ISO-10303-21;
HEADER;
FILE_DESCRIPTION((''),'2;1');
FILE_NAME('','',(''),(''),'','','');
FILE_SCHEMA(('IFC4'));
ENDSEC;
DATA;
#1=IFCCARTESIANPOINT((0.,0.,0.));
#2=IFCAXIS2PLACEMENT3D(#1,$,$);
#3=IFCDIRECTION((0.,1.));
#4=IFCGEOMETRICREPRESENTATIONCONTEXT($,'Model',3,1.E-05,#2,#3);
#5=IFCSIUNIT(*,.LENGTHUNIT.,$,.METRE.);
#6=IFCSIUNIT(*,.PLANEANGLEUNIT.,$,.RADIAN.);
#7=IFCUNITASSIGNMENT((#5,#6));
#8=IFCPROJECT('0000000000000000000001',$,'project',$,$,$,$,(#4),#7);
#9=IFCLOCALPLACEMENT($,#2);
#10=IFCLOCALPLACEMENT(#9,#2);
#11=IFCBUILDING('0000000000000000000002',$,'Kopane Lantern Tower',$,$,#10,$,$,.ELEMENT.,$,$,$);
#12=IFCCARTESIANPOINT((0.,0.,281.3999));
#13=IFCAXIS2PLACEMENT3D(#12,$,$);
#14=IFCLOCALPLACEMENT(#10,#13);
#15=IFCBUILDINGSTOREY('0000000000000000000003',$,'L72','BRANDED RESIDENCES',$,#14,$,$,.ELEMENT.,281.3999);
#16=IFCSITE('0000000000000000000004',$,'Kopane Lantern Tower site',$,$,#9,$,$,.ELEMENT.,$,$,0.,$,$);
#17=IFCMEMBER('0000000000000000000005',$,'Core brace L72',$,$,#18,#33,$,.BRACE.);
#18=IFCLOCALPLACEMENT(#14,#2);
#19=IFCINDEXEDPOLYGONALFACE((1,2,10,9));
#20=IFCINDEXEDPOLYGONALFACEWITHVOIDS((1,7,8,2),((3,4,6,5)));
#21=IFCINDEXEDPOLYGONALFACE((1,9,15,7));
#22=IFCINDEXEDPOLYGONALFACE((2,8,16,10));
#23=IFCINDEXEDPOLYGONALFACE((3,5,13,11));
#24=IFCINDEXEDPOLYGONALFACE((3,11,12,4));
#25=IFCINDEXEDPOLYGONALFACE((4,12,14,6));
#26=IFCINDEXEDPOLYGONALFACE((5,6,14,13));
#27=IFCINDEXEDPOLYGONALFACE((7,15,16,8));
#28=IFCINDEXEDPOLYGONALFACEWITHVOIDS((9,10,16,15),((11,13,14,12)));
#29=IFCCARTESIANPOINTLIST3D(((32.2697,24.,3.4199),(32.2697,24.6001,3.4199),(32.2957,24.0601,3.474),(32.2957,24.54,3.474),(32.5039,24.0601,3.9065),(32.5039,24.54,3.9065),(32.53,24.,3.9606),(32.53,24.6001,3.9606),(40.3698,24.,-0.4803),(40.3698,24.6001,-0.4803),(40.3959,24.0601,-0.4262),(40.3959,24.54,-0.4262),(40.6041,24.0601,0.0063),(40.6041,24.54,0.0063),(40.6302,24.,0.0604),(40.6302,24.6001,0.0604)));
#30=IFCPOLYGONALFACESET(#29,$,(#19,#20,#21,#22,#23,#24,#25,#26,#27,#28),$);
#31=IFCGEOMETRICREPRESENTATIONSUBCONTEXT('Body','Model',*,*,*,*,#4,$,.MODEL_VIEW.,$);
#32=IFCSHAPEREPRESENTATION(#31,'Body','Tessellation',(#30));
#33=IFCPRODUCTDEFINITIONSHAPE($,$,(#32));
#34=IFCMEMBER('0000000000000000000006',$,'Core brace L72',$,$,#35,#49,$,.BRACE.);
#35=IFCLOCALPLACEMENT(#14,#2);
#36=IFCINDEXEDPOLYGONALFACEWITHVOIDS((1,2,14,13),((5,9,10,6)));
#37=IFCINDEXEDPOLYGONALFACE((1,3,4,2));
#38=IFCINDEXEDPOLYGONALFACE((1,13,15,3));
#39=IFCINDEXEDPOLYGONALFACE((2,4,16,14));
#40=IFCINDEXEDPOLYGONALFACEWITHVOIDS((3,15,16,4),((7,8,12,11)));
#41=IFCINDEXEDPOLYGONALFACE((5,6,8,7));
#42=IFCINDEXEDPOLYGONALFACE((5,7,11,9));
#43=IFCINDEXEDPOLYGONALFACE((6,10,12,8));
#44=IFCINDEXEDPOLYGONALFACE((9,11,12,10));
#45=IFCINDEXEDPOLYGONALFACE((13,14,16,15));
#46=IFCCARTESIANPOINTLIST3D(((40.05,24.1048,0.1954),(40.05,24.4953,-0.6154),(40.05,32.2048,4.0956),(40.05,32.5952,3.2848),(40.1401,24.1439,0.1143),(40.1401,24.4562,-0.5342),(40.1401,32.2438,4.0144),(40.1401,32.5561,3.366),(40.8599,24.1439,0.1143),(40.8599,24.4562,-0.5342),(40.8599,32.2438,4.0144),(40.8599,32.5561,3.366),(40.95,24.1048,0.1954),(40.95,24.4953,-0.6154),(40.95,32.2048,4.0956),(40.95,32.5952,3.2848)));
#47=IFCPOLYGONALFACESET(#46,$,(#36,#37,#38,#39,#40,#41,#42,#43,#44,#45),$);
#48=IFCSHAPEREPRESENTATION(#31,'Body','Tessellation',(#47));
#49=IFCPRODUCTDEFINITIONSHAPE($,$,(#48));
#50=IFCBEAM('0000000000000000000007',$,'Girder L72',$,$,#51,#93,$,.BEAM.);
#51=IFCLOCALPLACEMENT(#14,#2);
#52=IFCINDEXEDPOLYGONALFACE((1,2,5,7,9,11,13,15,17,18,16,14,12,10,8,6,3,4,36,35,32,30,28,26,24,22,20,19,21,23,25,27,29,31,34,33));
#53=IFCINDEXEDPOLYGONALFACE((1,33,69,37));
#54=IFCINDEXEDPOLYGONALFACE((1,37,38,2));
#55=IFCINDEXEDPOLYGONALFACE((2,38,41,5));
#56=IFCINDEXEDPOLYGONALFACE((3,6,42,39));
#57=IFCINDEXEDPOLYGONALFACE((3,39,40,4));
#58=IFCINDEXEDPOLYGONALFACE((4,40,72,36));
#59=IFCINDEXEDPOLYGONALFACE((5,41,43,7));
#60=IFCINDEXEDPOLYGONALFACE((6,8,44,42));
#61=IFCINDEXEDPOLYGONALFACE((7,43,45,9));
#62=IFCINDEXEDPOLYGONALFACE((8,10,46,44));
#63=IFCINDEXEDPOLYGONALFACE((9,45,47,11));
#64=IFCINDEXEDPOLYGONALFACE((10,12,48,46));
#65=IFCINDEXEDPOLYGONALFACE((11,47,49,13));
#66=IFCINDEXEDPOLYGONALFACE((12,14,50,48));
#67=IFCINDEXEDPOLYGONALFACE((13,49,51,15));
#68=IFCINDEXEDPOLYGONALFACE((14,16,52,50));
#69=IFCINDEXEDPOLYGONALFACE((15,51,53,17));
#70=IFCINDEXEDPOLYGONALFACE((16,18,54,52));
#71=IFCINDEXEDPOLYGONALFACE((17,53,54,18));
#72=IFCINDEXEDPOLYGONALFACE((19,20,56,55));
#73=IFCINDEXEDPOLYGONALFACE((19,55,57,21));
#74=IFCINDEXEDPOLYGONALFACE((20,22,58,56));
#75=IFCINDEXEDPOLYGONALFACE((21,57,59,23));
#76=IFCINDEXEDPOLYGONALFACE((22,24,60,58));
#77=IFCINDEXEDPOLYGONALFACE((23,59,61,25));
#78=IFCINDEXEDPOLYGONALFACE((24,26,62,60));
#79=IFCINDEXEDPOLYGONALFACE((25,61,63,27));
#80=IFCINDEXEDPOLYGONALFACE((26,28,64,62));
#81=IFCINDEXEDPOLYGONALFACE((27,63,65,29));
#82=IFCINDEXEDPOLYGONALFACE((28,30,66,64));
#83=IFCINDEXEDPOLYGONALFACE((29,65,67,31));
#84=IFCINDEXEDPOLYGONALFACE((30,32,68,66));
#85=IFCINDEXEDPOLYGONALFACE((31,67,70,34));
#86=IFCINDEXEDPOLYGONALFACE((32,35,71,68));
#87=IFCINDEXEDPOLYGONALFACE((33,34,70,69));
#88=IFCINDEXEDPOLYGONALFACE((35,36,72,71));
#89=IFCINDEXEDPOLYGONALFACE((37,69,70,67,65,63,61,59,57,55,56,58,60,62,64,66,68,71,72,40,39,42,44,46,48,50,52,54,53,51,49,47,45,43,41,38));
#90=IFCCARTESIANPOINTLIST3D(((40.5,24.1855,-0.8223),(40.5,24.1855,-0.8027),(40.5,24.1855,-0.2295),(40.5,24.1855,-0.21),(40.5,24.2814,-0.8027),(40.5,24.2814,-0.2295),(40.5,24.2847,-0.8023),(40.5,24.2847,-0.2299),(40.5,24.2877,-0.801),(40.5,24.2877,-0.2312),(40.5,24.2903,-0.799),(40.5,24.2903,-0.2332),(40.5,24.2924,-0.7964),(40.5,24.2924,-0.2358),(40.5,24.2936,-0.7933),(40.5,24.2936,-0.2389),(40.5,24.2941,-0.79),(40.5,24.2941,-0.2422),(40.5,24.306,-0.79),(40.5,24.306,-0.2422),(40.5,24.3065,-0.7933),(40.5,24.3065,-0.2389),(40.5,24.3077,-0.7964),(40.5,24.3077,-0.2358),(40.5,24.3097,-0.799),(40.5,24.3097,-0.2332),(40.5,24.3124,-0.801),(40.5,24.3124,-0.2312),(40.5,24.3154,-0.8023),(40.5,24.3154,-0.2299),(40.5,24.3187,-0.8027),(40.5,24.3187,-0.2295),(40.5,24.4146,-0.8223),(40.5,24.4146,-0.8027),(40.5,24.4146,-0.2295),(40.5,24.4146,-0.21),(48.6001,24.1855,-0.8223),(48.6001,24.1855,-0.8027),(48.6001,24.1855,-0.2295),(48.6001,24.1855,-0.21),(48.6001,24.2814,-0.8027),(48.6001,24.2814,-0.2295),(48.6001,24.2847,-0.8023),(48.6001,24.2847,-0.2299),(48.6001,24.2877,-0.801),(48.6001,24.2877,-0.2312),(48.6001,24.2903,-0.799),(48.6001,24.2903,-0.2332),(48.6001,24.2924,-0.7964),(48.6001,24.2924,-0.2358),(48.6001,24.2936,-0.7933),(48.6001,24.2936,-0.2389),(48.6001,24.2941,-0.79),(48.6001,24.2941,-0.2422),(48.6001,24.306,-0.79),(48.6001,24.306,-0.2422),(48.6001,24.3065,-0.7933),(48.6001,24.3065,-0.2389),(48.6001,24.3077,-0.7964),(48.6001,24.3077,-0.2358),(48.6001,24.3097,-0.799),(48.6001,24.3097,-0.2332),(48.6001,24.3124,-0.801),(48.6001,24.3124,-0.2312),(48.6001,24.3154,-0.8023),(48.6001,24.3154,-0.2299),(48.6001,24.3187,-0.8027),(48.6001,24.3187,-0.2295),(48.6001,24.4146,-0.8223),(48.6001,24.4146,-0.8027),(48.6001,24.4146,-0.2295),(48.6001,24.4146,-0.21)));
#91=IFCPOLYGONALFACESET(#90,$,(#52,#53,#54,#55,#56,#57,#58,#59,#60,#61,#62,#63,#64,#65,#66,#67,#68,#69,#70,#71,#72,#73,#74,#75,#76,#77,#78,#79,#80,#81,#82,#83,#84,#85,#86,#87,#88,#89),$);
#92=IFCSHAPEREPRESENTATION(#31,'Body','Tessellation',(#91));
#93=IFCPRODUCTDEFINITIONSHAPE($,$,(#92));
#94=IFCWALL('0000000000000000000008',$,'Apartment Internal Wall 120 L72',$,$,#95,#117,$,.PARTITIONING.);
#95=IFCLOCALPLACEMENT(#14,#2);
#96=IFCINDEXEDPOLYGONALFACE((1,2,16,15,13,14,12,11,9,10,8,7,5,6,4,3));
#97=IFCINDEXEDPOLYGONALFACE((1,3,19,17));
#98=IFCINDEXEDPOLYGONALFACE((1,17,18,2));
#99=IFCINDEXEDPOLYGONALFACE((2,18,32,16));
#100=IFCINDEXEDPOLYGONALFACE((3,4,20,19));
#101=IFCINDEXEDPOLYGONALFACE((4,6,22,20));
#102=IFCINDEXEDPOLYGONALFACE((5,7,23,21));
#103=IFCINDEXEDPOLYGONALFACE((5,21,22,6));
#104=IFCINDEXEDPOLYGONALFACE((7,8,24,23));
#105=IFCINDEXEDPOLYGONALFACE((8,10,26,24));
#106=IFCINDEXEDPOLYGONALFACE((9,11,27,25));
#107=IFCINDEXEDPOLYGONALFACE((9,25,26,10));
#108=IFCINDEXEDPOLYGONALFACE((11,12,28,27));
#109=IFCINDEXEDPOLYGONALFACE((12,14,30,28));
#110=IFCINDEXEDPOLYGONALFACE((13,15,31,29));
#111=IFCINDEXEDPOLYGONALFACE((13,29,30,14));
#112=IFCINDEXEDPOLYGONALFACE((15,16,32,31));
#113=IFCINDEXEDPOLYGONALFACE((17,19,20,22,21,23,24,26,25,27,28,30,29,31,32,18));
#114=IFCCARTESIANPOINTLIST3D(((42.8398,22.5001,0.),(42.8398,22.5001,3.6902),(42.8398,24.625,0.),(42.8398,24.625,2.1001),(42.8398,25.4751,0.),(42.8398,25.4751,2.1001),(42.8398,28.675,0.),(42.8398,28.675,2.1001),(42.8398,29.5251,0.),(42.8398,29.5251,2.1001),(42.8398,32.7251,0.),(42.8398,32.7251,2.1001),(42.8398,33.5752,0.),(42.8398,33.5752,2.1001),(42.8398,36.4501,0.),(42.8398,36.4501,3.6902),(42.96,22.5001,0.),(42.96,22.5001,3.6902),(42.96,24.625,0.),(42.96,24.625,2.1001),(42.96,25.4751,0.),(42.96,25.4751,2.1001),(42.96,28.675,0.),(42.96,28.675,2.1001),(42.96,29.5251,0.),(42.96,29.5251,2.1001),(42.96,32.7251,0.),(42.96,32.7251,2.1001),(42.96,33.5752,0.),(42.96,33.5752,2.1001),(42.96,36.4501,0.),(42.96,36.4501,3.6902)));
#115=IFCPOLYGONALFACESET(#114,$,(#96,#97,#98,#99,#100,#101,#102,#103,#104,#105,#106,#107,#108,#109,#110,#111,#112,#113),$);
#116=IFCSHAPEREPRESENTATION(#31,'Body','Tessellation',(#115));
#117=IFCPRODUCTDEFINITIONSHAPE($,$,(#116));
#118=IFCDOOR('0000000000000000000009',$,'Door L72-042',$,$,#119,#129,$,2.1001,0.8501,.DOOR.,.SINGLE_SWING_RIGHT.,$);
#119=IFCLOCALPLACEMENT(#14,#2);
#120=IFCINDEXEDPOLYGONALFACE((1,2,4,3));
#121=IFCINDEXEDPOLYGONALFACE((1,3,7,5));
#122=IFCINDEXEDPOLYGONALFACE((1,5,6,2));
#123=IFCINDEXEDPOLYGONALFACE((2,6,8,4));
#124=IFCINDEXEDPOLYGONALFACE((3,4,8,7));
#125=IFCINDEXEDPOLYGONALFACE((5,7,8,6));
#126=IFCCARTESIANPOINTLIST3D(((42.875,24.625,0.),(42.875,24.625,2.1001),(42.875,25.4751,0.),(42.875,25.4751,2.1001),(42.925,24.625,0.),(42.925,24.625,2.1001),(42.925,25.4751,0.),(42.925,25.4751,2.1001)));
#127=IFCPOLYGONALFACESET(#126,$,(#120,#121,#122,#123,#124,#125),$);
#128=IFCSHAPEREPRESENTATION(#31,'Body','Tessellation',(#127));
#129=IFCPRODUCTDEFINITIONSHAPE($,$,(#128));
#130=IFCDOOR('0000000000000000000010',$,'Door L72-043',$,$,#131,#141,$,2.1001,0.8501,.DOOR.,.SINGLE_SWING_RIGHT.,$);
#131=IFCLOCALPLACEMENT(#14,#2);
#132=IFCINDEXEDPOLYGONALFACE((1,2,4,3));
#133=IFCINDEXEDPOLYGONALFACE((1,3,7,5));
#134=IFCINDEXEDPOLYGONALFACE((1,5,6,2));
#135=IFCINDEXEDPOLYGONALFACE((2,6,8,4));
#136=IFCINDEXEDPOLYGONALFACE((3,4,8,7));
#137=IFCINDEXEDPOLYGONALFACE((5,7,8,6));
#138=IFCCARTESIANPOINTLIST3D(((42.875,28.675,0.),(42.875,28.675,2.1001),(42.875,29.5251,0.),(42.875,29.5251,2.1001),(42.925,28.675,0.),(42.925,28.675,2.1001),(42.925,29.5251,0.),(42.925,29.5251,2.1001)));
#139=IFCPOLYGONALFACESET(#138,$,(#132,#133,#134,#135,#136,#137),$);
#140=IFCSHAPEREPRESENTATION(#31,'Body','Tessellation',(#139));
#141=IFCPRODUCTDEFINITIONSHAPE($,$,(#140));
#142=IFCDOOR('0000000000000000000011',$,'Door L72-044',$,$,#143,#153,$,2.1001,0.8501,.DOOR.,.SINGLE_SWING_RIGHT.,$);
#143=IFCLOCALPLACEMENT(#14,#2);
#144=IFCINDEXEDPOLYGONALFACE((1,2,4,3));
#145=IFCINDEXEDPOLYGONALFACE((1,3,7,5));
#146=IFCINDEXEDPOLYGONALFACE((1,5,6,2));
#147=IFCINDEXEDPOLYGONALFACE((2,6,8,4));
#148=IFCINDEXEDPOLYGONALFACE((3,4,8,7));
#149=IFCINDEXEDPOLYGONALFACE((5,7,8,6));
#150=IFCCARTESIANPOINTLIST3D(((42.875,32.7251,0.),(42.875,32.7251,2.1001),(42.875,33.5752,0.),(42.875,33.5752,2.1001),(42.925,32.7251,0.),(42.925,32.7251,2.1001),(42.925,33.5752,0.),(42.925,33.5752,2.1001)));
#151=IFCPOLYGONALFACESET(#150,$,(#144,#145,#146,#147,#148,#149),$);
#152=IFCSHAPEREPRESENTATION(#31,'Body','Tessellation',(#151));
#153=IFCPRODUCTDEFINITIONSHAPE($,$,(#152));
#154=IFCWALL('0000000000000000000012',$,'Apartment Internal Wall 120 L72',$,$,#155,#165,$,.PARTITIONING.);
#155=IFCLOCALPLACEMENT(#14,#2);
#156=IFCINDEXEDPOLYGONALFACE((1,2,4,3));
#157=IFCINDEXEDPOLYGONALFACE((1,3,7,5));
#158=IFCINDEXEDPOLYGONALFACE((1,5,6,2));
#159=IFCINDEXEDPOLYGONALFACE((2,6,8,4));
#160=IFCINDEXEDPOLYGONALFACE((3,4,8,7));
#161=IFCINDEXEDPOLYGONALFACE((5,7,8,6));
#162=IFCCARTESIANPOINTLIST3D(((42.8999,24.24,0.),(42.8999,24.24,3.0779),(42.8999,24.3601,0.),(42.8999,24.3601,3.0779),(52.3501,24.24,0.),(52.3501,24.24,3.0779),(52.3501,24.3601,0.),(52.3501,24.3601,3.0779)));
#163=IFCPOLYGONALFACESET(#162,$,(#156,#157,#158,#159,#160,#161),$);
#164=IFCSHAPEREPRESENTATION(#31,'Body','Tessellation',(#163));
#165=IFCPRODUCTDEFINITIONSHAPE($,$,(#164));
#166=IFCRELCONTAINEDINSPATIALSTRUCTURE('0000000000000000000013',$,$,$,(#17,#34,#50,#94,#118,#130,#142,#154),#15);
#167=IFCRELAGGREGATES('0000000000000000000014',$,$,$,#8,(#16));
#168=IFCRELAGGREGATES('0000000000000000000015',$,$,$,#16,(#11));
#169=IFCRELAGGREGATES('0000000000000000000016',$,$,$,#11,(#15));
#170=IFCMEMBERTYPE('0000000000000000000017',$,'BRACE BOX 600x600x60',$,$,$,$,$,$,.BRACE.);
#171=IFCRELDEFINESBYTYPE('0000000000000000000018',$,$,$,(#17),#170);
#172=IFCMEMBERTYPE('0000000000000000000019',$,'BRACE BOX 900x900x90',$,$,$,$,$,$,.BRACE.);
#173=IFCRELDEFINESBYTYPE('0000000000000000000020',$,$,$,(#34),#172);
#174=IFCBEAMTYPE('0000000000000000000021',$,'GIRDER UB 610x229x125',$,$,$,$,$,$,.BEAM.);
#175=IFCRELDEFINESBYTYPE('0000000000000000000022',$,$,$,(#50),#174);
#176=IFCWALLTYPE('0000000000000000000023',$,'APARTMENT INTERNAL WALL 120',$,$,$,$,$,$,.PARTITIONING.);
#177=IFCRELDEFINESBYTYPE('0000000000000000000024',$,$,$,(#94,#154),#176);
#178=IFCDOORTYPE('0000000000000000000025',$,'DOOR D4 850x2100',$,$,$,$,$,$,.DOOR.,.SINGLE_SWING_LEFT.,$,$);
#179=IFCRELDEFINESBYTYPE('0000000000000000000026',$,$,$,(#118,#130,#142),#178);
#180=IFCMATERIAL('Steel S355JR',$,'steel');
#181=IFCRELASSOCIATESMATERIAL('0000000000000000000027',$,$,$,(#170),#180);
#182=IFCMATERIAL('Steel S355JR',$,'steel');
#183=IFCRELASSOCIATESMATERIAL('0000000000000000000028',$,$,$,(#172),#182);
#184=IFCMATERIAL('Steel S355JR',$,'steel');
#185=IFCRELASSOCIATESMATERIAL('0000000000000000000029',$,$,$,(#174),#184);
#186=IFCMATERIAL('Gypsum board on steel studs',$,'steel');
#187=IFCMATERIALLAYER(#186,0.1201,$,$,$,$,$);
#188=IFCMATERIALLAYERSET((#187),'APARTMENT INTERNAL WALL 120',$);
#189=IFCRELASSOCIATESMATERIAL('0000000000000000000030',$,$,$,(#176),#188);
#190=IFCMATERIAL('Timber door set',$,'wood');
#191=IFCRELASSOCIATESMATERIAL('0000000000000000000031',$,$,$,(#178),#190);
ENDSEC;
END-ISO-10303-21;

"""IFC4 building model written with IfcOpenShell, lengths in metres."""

from ifc_helpers import new_model, si_unit, direction, frame, frame_2d, origin, origin_2d, place, context, subcontext, project, spatial, rectangle, hollow_rectangle, i_section, extrude, material, layer, layer_set, material_profile, profile_set, type_object, element, fill, save


model = new_model("IFC4")

# Units and contexts
model_context = context("Model", 3, precision=1e-05, world=origin(), true_north=direction((0.0, 1.0)))
body_context = subcontext(model_context, "Body", "Model", "MODEL_VIEW")
ifc_project = project(units=[si_unit("LENGTHUNIT", "METRE"), si_unit("PLANEANGLEUNIT", "RADIAN")], contexts=[model_context])

# Site, building, storey
site_placement = place(None, origin())
site = spatial("IfcSite", under=ifc_project, at=site_placement, Name="Kopane Lantern Tower site", CompositionType="ELEMENT", RefElevation=0.0)
building_placement = place(site_placement, origin())
building = spatial("IfcBuilding", under=site, at=building_placement, Name="Kopane Lantern Tower", CompositionType="ELEMENT")
storey_placement = place(building_placement, frame((0.0, 0.0, 281.3999)))
storey = spatial("IfcBuildingStorey", under=building, at=storey_placement, Name="L72", Description="BRANDED RESIDENCES", CompositionType="ELEMENT", Elevation=281.3999)

# Members
ifc_material_1 = material(Name="Steel S355JR", Category="steel")
ifc_material_profile_1 = material_profile(ifc_material_1, hollow_rectangle(XDim=0.6001, YDim=0.6001, WallThickness=0.0601, at=origin_2d()), Name="BOX 600x600x60")
ifc_profile_set_1 = profile_set([ifc_material_profile_1], Name="Steel S355JR")
member_type_1 = type_object("IfcMemberType", Name="BRACE BOX 600x600x60", PredefinedType="BRACE", material=ifc_profile_set_1)
member_1_placement = place(storey_placement, frame((40.5, 24.3, -0.21), z_axis=(-0.900997, 0.0, 0.433825), x_axis=(0.0, -1.0, 0.0)))
element("IfcMember", 1, at=member_1_placement, inside=storey, type_object=member_type_1, Name="Core brace L72", PredefinedType="BRACE", context=body_context, shape_type="SweptSolid", body=[
    extrude(hollow_rectangle(XDim=0.6001, YDim=0.6001, WallThickness=0.0601, at=origin_2d()), origin(), (0.0, 0.0, 1.0), 8.9902),
])
ifc_material_2 = material(Name="Steel S355JR", Category="steel")
ifc_material_profile_2 = material_profile(ifc_material_2, hollow_rectangle(XDim=0.8999, YDim=0.8999, WallThickness=0.0901, at=origin_2d()), Name="BOX 900x900x90")
ifc_profile_set_2 = profile_set([ifc_material_profile_2], Name="Steel S355JR")
member_type_2 = type_object("IfcMemberType", Name="BRACE BOX 900x900x90", PredefinedType="BRACE", material=ifc_profile_set_2)
member_2_placement = place(storey_placement, frame((40.5, 24.3, -0.21), z_axis=(0.0, 0.900992, 0.433835), x_axis=(-1.0, 0.0, 0.0)))
element("IfcMember", 2, at=member_2_placement, inside=storey, type_object=member_type_2, Name="Core brace L72", PredefinedType="BRACE", context=body_context, shape_type="SweptSolid", body=[
    extrude(hollow_rectangle(XDim=0.8999, YDim=0.8999, WallThickness=0.0901, at=origin_2d()), origin(), (0.0, 0.0, 1.0), 8.99),
])

# Beam
ifc_material_3 = material(Name="Steel S355JR", Category="steel")
ifc_material_profile_3 = material_profile(ifc_material_3, i_section(OverallWidth=0.229, OverallDepth=0.6123, WebThickness=0.012, FlangeThickness=0.0195, FilletRadius=0.0127, at=origin_2d()), Name="UB 610x229x125")
ifc_profile_set_3 = profile_set([ifc_material_profile_3], Name="Steel S355JR")
beam_type = type_object("IfcBeamType", Name="GIRDER UB 610x229x125", PredefinedType="BEAM", material=ifc_profile_set_3)
beam_placement = place(storey_placement, frame((40.5, 24.3, -0.5161), z_axis=(1.0, 0.0, 0.0), x_axis=(0.0, 1.0, 0.0)))
element("IfcBeam", 3, at=beam_placement, inside=storey, type_object=beam_type, Name="Girder L72", PredefinedType="BEAM", context=body_context, shape_type="SweptSolid", body=[
    extrude(i_section(OverallWidth=0.229, OverallDepth=0.6123, WebThickness=0.012, FlangeThickness=0.0195, FilletRadius=0.0127, at=origin_2d()), origin(), (0.0, 0.0, 1.0), 8.1001),
])

# Wall, openings, doors
ifc_material_4 = material(Name="Gypsum board on steel studs", Category="steel")
ifc_layer_1 = layer(ifc_material_4, 0.1201)
ifc_layer_set_1 = layer_set([ifc_layer_1], Name="APARTMENT INTERNAL WALL 120")
wall_type_1 = type_object("IfcWallType", Name="APARTMENT INTERNAL WALL 120", PredefinedType="PARTITIONING", material=ifc_layer_set_1)
wall_1_placement = place(storey_placement, frame((42.8999, 22.5, 0.0), z_axis=(0.0, 0.0, 1.0), x_axis=(0.0, 1.0, 0.0)))
wall_1 = element("IfcWall", 4, at=wall_1_placement, inside=storey, type_object=wall_type_1, Name="Apartment Internal Wall 120 L72", PredefinedType="PARTITIONING", context=body_context, shape_type="SweptSolid", body=[
    extrude(rectangle(XDim=13.95, YDim=0.1201, at=frame_2d((6.9751, 0.0))), origin(), (0.0, 0.0, 1.0), 3.6902),
])
opening_1_placement = place(wall_1_placement, frame((2.125, 0.0, 0.0)))
opening_1 = element("IfcOpeningElement", 5, at=opening_1_placement, cuts=wall_1, PredefinedType="OPENING", context=body_context, shape_type="SweptSolid", body=[
    extrude(rectangle(XDim=0.8501, YDim=2.1001, at=frame_2d((0.425, 1.05))), frame((0.0, 0.0701, 0.0), z_axis=(0.0, -1.0, 0.0), x_axis=(1.0, 0.0, 0.0)), (0.0, 0.0, 1.0), 0.1401),
])
opening_2_placement = place(wall_1_placement, frame((6.175, 0.0, 0.0)))
opening_2 = element("IfcOpeningElement", 6, at=opening_2_placement, cuts=wall_1, PredefinedType="OPENING", context=body_context, shape_type="SweptSolid", body=[
    extrude(rectangle(XDim=0.8501, YDim=2.1001, at=frame_2d((0.425, 1.05))), frame((0.0, 0.0701, 0.0), z_axis=(0.0, -1.0, 0.0), x_axis=(1.0, 0.0, 0.0)), (0.0, 0.0, 1.0), 0.1401),
])
opening_3_placement = place(wall_1_placement, frame((10.2251, 0.0, 0.0)))
opening_3 = element("IfcOpeningElement", 7, at=opening_3_placement, cuts=wall_1, PredefinedType="OPENING", context=body_context, shape_type="SweptSolid", body=[
    extrude(rectangle(XDim=0.8501, YDim=2.1001, at=frame_2d((0.425, 1.05))), frame((0.0, 0.0701, 0.0), z_axis=(0.0, -1.0, 0.0), x_axis=(1.0, 0.0, 0.0)), (0.0, 0.0, 1.0), 0.1401),
])
ifc_material_5 = material(Name="Timber door set", Category="wood")
door_type = type_object("IfcDoorType", Name="DOOR D4 850x2100", OperationType="SINGLE_SWING_LEFT", PredefinedType="DOOR", material=ifc_material_5)
door_1_placement = place(opening_1_placement, origin())
door_1 = element("IfcDoor", 8, at=door_1_placement, inside=storey, type_object=door_type, Name="Door L72-042", OperationType="SINGLE_SWING_RIGHT", OverallHeight=2.1001, OverallWidth=0.8501, PredefinedType="DOOR", context=body_context, shape_type="SweptSolid", body=[
    extrude(rectangle(XDim=0.8501, YDim=2.1001, at=frame_2d((0.425, 1.05))), frame((0.0, 0.0249, 0.0), z_axis=(0.0, -1.0, 0.0), x_axis=(1.0, 0.0, 0.0)), (0.0, 0.0, 1.0), 0.05),
])
fill(opening_1, door_1)
door_2_placement = place(opening_2_placement, origin())
door_2 = element("IfcDoor", 9, at=door_2_placement, inside=storey, type_object=door_type, Name="Door L72-043", OperationType="SINGLE_SWING_RIGHT", OverallHeight=2.1001, OverallWidth=0.8501, PredefinedType="DOOR", context=body_context, shape_type="SweptSolid", body=[
    extrude(rectangle(XDim=0.8501, YDim=2.1001, at=frame_2d((0.425, 1.05))), frame((0.0, 0.0249, 0.0), z_axis=(0.0, -1.0, 0.0), x_axis=(1.0, 0.0, 0.0)), (0.0, 0.0, 1.0), 0.05),
])
fill(opening_2, door_2)
door_3_placement = place(opening_3_placement, origin())
door_3 = element("IfcDoor", 10, at=door_3_placement, inside=storey, type_object=door_type, Name="Door L72-044", OperationType="SINGLE_SWING_RIGHT", OverallHeight=2.1001, OverallWidth=0.8501, PredefinedType="DOOR", context=body_context, shape_type="SweptSolid", body=[
    extrude(rectangle(XDim=0.8501, YDim=2.1001, at=frame_2d((0.425, 1.05))), frame((0.0, 0.0249, 0.0), z_axis=(0.0, -1.0, 0.0), x_axis=(1.0, 0.0, 0.0)), (0.0, 0.0, 1.0), 0.05),
])
fill(opening_3, door_3)

# Wall
wall_2_placement = place(storey_placement, frame((42.8999, 24.3, 0.0), z_axis=(0.0, 0.0, 1.0), x_axis=(1.0, 0.0, 0.0)))
element("IfcWall", 11, at=wall_2_placement, inside=storey, type_object=wall_type_1, Name="Apartment Internal Wall 120 L72", PredefinedType="PARTITIONING", context=body_context, shape_type="SweptSolid", body=[
    extrude(rectangle(XDim=9.4502, YDim=0.1201, at=frame_2d((4.7251, 0.0))), origin(), (0.0, 0.0, 1.0), 3.0779),
])

save(model, "model.ifc")
